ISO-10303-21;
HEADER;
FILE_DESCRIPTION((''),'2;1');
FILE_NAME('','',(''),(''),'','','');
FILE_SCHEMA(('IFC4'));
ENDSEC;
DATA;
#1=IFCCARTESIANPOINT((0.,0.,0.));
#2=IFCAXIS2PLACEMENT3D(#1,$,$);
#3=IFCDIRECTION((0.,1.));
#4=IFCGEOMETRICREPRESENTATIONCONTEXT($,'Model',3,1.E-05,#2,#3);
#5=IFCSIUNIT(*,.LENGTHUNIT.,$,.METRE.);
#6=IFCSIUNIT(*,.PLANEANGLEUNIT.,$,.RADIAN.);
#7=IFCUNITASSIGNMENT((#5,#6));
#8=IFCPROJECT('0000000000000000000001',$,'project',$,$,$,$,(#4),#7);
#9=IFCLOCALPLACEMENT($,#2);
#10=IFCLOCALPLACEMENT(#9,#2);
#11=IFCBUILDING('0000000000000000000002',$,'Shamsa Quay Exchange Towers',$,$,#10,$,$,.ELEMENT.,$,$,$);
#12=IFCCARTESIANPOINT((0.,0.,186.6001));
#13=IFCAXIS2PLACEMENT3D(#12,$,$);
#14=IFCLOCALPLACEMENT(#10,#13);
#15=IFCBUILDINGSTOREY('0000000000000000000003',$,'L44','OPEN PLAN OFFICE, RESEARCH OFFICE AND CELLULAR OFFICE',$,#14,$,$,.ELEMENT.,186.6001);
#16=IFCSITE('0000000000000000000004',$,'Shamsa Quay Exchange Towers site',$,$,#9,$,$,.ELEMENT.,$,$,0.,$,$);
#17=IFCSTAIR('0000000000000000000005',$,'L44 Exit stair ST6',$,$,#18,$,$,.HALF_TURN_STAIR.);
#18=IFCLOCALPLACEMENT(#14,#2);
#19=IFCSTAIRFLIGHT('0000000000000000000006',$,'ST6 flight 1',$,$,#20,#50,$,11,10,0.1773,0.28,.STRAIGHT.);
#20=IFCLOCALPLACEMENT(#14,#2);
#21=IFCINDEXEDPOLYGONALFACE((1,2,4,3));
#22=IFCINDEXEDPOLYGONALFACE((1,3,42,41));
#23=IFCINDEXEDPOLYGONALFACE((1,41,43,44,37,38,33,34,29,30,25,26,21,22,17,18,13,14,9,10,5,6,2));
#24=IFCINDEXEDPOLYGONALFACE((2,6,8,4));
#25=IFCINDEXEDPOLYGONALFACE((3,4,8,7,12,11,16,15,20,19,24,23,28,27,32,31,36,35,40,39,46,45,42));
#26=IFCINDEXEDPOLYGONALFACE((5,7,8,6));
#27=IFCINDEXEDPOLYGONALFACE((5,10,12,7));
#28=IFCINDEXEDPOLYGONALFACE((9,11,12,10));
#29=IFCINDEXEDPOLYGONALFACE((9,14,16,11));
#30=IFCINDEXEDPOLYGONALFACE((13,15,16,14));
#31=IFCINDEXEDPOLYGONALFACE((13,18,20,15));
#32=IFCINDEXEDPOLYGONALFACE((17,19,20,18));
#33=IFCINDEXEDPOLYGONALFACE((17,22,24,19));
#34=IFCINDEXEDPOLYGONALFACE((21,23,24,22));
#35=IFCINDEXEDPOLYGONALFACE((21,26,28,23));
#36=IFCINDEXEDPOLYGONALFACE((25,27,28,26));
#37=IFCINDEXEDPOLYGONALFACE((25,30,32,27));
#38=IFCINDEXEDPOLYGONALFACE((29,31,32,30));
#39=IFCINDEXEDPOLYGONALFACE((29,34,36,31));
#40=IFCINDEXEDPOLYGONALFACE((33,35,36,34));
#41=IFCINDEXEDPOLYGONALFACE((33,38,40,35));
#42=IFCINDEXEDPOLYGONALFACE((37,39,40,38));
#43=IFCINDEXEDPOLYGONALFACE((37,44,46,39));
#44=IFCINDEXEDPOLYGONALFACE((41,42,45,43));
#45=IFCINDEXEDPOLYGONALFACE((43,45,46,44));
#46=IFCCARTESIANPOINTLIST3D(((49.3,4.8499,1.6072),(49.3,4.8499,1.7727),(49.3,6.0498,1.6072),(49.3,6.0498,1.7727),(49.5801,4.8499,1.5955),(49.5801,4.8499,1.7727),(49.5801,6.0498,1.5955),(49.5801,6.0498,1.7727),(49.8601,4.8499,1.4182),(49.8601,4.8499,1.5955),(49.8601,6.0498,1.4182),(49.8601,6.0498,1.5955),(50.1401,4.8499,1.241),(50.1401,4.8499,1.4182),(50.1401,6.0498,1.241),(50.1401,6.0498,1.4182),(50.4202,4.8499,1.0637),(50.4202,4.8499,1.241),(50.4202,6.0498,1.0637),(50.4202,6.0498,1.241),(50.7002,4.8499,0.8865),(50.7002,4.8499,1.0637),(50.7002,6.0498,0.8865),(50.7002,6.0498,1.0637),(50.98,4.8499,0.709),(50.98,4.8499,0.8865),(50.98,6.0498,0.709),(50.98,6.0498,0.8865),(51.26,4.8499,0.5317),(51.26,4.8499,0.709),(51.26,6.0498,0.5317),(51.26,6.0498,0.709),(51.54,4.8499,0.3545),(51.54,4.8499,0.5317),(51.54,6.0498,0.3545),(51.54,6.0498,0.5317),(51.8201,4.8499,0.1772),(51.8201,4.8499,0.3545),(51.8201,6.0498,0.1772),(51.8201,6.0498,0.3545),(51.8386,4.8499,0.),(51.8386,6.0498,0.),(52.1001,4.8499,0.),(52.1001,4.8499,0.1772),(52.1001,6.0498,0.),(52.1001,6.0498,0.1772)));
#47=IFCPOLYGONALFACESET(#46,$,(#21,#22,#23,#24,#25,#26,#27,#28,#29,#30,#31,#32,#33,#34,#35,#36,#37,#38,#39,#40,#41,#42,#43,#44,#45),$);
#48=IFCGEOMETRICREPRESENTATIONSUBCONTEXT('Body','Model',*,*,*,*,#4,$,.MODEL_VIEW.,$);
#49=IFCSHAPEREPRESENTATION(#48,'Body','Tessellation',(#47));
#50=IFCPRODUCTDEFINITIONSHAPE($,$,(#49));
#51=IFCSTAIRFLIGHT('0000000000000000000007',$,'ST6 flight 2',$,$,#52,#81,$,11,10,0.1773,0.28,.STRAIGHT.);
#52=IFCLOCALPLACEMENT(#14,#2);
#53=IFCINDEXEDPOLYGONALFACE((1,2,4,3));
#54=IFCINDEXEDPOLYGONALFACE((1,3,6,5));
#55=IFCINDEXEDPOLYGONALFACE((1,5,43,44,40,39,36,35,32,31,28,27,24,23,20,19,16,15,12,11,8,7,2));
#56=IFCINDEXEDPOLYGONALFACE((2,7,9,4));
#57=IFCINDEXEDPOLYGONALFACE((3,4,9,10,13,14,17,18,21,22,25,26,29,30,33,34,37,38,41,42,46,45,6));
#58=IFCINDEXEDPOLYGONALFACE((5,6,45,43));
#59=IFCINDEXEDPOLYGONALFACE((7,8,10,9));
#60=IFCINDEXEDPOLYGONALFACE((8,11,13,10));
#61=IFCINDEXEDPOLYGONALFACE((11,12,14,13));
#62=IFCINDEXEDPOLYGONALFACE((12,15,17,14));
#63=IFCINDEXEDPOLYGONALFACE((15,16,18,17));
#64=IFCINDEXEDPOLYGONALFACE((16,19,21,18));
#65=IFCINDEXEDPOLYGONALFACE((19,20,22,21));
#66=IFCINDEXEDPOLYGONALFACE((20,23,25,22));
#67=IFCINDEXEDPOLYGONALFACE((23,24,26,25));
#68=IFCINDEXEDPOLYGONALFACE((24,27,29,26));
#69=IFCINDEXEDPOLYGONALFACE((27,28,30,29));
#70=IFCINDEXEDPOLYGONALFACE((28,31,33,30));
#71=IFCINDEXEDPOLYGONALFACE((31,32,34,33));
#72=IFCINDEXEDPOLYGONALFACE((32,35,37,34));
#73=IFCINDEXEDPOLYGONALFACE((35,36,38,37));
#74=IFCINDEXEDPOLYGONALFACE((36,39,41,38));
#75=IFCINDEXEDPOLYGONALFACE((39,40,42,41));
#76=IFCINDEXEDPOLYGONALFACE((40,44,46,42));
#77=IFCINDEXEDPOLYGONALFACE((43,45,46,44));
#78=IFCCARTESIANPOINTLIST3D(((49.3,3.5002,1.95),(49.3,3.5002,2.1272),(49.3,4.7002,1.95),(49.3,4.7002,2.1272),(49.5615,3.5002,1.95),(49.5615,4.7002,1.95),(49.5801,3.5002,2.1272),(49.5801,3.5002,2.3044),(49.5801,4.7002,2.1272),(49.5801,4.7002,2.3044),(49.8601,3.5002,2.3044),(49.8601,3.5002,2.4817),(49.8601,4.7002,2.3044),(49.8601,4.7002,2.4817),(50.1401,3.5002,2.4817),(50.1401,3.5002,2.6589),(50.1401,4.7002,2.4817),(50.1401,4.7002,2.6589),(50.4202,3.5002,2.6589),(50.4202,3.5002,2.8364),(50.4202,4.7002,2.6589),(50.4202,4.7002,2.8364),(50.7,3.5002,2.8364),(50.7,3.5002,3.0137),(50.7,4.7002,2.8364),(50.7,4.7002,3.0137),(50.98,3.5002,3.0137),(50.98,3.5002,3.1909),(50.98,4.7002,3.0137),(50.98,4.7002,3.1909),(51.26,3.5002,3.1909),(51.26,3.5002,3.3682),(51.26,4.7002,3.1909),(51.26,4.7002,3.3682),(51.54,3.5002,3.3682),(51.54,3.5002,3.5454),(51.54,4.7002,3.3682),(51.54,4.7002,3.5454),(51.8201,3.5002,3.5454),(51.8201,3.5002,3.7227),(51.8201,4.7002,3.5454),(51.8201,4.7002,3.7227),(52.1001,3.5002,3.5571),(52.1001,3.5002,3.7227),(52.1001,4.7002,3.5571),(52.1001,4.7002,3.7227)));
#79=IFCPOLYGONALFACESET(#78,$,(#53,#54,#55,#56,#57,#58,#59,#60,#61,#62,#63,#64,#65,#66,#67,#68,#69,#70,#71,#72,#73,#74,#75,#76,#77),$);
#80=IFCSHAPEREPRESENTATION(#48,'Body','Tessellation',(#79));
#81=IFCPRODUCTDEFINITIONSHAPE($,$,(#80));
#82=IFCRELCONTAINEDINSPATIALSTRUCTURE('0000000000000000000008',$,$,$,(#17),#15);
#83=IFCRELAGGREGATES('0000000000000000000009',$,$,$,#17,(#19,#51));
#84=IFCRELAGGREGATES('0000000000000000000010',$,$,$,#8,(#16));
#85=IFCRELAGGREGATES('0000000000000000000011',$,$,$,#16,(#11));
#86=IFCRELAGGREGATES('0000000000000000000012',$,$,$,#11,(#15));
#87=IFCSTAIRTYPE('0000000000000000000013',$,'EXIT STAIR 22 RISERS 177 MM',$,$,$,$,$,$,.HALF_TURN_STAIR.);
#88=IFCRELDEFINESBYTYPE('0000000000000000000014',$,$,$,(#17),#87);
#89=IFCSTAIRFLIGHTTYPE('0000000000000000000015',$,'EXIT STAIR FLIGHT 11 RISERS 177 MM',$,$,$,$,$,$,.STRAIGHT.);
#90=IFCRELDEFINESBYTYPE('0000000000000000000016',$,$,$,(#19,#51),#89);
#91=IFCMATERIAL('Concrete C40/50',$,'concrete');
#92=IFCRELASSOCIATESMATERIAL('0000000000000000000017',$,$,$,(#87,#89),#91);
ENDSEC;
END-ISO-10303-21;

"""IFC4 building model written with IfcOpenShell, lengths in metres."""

from ifc_helpers import new_model, si_unit, direction, frame, origin, place, context, subcontext, project, spatial, polyline, outline, extrude, material, type_object, element, aggregate, save


model = new_model("IFC4")

# Units and contexts
model_context = context("Model", 3, precision=1e-05, world=origin(), true_north=direction((0.0, 1.0)))
body_context = subcontext(model_context, "Body", "Model", "MODEL_VIEW")
ifc_project = project(units=[si_unit("LENGTHUNIT", "METRE"), si_unit("PLANEANGLEUNIT", "RADIAN")], contexts=[model_context])

# Site, building, storey
site_placement = place(None, origin())
site = spatial("IfcSite", under=ifc_project, at=site_placement, Name="Shamsa Quay Exchange Towers site", CompositionType="ELEMENT", RefElevation=0.0)
building_placement = place(site_placement, origin())
building = spatial("IfcBuilding", under=site, at=building_placement, Name="Shamsa Quay Exchange Towers", CompositionType="ELEMENT")
storey_placement = place(building_placement, frame((0.0, 0.0, 186.6001)))
storey = spatial("IfcBuildingStorey", under=building, at=storey_placement, Name="L44", Description="OPEN PLAN OFFICE, RESEARCH OFFICE AND CELLULAR OFFICE", CompositionType="ELEMENT", Elevation=186.6001)

# Stair, stair flights
ifc_material_1 = material(Name="Concrete C40/50", Category="concrete")
stair_type = type_object("IfcStairType", Name="EXIT STAIR 22 RISERS 177 MM", PredefinedType="HALF_TURN_STAIR", material=ifc_material_1)
stair_placement = place(storey_placement, origin())
stair = element("IfcStair", 1, at=stair_placement, inside=storey, type_object=stair_type, Name="L44 Exit stair ST6", PredefinedType="HALF_TURN_STAIR")
stair_flight_type = type_object("IfcStairFlightType", Name="EXIT STAIR FLIGHT 11 RISERS 177 MM", PredefinedType="STRAIGHT", material=ifc_material_1)
stair_flight_1_placement = place(storey_placement, frame((52.1001, 5.45, 0.0), z_axis=(0.0, 0.0, 1.0), x_axis=(-1.0, 0.0, 0.0)))
stair_flight_1 = element("IfcStairFlight", 2, at=stair_flight_1_placement, type_object=stair_flight_type, Name="ST6 flight 1", NumberOfRisers=11, NumberOfTreads=10, PredefinedType="STRAIGHT", RiserHeight=0.1773, TreadLength=0.28, context=body_context, shape_type="SweptSolid", body=[
    extrude(outline(polyline([(0.0, 0.0), (0.0, 0.1772), (0.28, 0.1772), (0.28, 0.3545), (0.5601, 0.3545), (0.5601, 0.5317), (0.8401, 0.5317), (0.8401, 0.709), (1.1201, 0.709), (1.1201, 0.8865), (1.3999, 0.8865), (1.3999, 1.0637), (1.6799, 1.0637), (1.6799, 1.241), (1.96, 1.241), (1.96, 1.4182), (2.24, 1.4182), (2.24, 1.5955), (2.52, 1.5955), (2.52, 1.7727), (2.8, 1.7727), (2.8, 1.95), (2.8, 1.6072), (0.2615, 0.0), (0.0, 0.0)])), frame((0.0, 0.6001, 0.0), z_axis=(0.0, -1.0, 0.0), x_axis=(1.0, 0.0, 0.0)), (0.0, 0.0, 1.0), 1.2),
])
stair_flight_2_placement = place(storey_placement, frame((49.3, 4.1001, 1.95)))
stair_flight_2 = element("IfcStairFlight", 3, at=stair_flight_2_placement, type_object=stair_flight_type, Name="ST6 flight 2", NumberOfRisers=11, NumberOfTreads=10, PredefinedType="STRAIGHT", RiserHeight=0.1773, TreadLength=0.28, context=body_context, shape_type="SweptSolid", body=[
    extrude(outline(polyline([(0.0, 0.0), (0.0, 0.1772), (0.28, 0.1772), (0.28, 0.3545), (0.5601, 0.3545), (0.5601, 0.5317), (0.8401, 0.5317), (0.8401, 0.709), (1.1201, 0.709), (1.1201, 0.8865), (1.3999, 0.8865), (1.3999, 1.0637), (1.6799, 1.0637), (1.6799, 1.241), (1.96, 1.241), (1.96, 1.4182), (2.24, 1.4182), (2.24, 1.5955), (2.52, 1.5955), (2.52, 1.7727), (2.8, 1.7727), (2.8, 1.95), (2.8, 1.6072), (0.2615, 0.0), (0.0, 0.0)])), frame((0.0, 0.6001, 0.0), z_axis=(0.0, -1.0, 0.0), x_axis=(1.0, 0.0, 0.0)), (0.0, 0.0, 1.0), 1.2),
])
aggregate(stair, [stair_flight_1, stair_flight_2])

save(model, "model.ifc")
